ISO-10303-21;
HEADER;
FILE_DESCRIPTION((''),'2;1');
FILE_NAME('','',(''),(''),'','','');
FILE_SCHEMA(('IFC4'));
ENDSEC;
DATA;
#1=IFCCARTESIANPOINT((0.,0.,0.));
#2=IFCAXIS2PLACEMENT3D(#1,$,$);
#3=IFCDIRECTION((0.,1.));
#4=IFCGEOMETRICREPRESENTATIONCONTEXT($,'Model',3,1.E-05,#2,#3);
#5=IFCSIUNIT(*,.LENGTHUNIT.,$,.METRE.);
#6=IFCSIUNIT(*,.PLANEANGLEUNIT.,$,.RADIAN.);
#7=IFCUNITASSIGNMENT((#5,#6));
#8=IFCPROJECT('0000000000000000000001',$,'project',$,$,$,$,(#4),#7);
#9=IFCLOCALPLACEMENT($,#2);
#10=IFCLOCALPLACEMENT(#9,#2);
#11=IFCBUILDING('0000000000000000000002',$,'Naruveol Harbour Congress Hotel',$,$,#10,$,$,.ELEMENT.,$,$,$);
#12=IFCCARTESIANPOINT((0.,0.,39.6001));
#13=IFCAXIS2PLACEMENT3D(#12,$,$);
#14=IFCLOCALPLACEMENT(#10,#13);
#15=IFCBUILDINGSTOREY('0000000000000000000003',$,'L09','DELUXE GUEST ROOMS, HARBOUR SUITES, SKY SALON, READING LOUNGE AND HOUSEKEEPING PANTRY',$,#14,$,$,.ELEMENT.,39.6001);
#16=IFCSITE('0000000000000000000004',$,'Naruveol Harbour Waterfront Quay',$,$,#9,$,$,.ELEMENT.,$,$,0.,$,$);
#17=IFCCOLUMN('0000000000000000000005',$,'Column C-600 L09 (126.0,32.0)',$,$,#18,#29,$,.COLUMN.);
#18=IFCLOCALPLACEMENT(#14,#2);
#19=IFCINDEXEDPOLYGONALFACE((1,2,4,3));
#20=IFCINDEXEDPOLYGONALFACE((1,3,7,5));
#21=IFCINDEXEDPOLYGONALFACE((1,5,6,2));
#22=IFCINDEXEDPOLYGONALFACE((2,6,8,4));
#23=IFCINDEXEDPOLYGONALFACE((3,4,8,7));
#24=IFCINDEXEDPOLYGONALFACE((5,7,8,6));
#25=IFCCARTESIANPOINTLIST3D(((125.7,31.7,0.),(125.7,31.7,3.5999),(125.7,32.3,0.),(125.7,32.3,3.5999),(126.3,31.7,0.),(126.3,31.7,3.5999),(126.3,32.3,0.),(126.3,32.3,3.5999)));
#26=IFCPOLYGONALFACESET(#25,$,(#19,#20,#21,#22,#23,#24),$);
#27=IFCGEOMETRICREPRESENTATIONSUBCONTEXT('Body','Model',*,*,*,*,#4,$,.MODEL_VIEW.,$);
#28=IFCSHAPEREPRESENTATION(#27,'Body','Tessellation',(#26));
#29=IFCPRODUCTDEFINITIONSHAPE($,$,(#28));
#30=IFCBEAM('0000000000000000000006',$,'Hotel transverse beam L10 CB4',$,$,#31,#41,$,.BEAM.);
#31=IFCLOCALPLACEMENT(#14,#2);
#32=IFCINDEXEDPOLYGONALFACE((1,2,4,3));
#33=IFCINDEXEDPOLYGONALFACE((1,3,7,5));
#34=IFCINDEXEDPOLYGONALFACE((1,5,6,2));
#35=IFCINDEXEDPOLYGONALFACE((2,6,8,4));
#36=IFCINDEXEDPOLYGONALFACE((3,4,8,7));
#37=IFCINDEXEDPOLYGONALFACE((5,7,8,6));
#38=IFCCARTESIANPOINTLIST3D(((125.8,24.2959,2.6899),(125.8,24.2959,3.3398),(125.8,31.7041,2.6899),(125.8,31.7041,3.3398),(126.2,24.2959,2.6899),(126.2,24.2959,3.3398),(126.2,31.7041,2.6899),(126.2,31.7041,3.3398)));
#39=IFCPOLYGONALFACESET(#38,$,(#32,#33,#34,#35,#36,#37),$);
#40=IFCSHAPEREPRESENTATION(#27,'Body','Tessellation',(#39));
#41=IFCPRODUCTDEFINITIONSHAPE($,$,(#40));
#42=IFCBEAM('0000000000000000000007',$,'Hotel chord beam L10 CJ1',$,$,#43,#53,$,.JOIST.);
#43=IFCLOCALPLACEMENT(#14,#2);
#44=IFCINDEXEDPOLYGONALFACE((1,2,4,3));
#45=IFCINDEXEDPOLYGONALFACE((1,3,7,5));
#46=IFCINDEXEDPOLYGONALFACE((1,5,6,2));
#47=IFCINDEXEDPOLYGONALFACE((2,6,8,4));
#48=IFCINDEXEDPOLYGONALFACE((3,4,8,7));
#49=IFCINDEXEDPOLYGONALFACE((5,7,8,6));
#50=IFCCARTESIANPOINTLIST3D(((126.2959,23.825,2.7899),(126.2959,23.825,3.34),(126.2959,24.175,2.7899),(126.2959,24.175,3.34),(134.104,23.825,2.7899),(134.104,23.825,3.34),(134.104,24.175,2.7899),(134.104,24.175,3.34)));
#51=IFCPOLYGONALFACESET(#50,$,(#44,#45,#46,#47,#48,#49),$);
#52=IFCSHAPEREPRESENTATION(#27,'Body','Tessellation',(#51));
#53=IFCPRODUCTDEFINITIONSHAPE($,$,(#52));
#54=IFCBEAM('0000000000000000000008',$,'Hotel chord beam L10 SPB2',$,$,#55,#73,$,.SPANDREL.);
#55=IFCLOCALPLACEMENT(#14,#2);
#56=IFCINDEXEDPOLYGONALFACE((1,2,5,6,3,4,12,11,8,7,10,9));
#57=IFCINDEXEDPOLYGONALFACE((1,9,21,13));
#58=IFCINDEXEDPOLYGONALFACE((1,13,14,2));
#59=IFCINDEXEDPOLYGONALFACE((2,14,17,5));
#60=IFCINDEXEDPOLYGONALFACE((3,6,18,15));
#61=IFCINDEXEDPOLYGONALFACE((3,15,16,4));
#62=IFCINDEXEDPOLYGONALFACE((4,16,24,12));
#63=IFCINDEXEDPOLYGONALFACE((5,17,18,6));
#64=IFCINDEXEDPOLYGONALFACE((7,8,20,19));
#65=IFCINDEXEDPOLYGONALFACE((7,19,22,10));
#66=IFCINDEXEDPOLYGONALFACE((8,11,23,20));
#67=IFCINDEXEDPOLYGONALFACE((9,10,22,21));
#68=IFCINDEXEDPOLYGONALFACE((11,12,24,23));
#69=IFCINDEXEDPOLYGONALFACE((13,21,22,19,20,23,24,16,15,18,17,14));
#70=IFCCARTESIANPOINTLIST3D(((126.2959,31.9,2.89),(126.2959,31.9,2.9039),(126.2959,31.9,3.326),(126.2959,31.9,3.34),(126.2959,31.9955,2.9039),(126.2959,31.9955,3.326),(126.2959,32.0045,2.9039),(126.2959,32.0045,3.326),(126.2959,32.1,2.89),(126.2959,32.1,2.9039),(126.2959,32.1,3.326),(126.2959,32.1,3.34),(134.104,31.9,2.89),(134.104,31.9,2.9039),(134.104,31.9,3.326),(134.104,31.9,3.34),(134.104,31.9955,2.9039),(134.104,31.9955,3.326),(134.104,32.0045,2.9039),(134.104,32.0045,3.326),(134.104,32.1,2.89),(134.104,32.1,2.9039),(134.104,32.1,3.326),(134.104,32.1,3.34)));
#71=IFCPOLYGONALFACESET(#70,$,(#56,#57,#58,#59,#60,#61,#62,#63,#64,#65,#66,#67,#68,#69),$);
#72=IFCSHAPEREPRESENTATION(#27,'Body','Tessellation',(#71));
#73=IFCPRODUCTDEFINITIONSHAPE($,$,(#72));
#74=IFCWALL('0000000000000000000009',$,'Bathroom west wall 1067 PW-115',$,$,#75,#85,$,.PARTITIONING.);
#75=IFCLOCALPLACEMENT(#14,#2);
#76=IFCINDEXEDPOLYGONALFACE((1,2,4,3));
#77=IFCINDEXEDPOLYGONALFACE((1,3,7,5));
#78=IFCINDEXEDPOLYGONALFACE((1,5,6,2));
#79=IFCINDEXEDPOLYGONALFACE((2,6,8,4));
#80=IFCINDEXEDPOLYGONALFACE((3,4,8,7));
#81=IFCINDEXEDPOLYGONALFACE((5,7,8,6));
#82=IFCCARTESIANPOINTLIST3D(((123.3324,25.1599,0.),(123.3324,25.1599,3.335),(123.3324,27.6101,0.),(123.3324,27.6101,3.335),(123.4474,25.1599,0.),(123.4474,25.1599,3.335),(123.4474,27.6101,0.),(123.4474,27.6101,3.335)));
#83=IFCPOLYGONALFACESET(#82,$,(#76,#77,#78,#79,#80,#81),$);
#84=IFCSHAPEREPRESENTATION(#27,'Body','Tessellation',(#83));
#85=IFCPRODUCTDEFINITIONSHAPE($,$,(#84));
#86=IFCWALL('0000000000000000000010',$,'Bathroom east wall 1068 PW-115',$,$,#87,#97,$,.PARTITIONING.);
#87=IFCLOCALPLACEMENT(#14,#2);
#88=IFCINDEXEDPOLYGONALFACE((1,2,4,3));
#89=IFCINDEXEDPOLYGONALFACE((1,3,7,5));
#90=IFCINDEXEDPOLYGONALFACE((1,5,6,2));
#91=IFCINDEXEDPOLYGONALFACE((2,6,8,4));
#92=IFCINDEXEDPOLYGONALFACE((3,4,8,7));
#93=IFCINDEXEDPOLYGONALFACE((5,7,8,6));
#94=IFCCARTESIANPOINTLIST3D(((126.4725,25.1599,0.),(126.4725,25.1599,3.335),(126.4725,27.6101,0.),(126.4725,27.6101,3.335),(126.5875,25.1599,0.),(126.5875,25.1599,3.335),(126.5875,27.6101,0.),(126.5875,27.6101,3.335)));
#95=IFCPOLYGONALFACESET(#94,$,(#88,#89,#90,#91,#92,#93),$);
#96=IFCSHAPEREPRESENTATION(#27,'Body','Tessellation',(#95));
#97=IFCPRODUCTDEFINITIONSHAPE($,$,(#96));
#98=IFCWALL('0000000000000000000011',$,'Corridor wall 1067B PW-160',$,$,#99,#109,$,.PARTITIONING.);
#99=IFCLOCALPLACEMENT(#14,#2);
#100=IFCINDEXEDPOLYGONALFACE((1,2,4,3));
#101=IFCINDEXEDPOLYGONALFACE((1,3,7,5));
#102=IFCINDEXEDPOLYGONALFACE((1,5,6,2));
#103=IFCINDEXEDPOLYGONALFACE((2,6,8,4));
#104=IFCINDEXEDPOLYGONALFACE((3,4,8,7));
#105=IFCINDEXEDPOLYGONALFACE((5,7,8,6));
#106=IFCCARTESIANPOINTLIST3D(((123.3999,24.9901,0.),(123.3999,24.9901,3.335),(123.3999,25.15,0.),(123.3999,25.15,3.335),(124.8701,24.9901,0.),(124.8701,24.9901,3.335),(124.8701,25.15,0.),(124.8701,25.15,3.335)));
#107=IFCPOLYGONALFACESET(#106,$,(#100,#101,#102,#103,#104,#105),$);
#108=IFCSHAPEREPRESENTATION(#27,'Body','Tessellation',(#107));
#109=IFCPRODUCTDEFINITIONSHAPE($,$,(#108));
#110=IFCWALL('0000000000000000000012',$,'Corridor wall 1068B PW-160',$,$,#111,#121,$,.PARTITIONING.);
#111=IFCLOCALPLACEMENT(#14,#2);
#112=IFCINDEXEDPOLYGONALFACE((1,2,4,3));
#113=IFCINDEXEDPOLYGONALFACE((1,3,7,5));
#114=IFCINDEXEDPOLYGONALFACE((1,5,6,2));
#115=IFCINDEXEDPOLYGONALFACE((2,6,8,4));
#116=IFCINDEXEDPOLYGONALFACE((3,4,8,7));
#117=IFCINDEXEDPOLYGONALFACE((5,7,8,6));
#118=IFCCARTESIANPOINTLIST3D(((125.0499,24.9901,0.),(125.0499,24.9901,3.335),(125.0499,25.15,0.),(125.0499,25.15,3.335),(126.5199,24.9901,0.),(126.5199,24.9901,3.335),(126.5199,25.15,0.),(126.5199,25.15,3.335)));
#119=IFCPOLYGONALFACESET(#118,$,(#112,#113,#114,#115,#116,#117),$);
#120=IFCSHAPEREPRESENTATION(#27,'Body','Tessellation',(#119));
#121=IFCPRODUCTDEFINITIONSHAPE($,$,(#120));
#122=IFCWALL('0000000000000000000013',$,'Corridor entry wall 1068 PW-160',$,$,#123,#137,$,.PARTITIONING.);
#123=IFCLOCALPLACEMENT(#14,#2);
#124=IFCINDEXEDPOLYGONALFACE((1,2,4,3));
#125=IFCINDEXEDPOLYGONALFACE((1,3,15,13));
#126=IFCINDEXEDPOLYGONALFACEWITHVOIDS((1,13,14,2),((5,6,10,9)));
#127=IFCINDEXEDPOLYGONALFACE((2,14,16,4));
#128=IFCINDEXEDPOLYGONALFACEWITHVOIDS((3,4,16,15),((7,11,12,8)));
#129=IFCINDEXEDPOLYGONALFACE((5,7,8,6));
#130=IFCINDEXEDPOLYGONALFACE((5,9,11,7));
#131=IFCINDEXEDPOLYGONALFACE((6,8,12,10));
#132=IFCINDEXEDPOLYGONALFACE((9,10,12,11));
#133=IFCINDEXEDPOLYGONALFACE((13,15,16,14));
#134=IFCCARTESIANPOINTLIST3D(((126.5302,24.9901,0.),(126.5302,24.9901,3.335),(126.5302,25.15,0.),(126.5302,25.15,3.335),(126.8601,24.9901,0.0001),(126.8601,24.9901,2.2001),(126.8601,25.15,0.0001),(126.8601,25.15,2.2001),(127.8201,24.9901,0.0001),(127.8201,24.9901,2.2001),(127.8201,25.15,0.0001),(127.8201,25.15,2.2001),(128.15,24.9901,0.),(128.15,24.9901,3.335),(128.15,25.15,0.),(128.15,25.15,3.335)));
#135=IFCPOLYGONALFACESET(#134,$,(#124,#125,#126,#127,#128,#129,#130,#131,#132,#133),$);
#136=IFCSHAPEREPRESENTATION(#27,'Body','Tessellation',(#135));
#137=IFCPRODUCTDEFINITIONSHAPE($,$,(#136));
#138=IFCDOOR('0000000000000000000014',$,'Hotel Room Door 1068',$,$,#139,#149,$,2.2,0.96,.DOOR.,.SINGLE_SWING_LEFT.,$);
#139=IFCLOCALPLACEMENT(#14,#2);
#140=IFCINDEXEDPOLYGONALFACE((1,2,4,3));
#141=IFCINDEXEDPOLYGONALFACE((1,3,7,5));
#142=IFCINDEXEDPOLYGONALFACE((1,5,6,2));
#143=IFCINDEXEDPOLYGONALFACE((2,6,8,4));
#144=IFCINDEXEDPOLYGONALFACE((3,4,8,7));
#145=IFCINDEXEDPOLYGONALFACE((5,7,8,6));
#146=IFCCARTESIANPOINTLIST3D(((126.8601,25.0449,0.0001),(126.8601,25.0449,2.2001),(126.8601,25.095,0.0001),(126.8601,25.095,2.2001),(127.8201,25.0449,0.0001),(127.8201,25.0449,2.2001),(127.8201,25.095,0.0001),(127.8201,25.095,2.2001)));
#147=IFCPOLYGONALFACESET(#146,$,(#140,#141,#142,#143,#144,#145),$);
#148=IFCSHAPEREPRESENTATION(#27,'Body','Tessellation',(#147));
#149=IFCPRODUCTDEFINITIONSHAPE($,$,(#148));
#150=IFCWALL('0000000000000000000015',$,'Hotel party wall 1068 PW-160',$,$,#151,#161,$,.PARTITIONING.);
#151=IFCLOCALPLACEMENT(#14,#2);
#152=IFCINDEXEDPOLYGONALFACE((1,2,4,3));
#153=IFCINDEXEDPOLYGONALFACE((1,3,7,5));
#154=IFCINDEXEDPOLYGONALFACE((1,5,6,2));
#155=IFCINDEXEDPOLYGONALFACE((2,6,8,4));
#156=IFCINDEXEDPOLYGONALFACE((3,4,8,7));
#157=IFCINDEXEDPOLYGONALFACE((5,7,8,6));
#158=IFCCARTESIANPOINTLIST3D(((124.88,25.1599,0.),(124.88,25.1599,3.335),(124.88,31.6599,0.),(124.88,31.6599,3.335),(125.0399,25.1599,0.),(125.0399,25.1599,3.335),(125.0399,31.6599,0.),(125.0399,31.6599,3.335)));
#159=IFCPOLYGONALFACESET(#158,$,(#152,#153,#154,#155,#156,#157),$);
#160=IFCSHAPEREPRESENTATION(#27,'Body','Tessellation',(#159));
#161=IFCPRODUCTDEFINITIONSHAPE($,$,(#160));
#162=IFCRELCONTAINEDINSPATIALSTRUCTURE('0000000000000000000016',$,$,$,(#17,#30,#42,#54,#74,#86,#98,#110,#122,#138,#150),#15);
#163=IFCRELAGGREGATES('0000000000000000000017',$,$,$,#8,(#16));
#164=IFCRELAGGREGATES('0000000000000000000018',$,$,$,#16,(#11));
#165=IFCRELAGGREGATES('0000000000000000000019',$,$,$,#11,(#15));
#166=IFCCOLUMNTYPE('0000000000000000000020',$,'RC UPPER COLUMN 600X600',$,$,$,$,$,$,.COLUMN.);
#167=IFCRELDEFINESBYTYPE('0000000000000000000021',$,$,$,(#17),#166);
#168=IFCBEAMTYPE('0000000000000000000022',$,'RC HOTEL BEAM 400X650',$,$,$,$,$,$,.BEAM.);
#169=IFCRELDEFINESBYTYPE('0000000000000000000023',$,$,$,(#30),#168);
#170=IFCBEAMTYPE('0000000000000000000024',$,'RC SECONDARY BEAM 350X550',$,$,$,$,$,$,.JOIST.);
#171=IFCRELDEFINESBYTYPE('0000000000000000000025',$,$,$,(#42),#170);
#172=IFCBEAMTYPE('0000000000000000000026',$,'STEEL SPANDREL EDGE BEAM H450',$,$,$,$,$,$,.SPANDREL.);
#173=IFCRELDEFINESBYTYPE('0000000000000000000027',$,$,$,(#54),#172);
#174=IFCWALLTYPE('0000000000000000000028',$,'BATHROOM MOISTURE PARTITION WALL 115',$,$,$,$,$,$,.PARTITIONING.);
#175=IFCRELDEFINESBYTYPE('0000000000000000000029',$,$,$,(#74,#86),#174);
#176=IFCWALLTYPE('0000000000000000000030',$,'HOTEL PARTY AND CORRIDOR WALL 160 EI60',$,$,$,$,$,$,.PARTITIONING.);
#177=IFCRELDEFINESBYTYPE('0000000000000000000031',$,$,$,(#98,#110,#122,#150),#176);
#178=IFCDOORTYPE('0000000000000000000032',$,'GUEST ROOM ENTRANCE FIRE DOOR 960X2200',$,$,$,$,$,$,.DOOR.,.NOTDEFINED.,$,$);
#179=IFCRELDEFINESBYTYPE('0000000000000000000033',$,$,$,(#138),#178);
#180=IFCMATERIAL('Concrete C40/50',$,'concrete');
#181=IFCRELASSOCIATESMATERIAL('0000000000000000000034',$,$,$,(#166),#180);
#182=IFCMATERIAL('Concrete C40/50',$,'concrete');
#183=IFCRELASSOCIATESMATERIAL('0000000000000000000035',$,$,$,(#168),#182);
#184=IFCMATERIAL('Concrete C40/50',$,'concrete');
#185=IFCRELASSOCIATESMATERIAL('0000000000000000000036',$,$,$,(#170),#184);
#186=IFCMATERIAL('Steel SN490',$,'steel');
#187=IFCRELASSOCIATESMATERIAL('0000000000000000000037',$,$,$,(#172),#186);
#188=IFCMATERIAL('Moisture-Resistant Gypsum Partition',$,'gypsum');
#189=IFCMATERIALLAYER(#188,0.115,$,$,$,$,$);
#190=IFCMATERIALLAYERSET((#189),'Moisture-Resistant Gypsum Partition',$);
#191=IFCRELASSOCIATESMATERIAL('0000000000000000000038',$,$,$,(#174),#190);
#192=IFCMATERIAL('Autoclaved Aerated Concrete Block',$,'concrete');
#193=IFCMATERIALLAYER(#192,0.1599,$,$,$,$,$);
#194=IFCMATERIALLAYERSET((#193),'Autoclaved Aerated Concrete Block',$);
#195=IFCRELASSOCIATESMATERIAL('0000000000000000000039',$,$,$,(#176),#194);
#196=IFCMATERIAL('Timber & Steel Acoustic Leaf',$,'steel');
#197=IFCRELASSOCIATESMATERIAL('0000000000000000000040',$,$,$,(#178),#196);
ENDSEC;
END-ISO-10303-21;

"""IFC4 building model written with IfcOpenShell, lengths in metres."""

from ifc_helpers import new_model, si_unit, direction, frame, frame_2d, origin, origin_2d, place, context, subcontext, project, spatial, rectangle, i_section, extrude, material, layer, layer_set, material_profile, profile_set, type_object, element, fill, save


model = new_model("IFC4")

# Units and contexts
model_context = context("Model", 3, precision=1e-05, world=origin(), true_north=direction((0.0, 1.0)))
body_context = subcontext(model_context, "Body", "Model", "MODEL_VIEW")
ifc_project = project(units=[si_unit("LENGTHUNIT", "METRE"), si_unit("PLANEANGLEUNIT", "RADIAN")], contexts=[model_context])

# Site, building, storey
site_placement = place(None, origin())
site = spatial("IfcSite", under=ifc_project, at=site_placement, Name="Naruveol Harbour Waterfront Quay", CompositionType="ELEMENT", RefElevation=0.0)
building_placement = place(site_placement, origin())
building = spatial("IfcBuilding", under=site, at=building_placement, Name="Naruveol Harbour Congress Hotel", CompositionType="ELEMENT")
storey_placement = place(building_placement, frame((0.0, 0.0, 39.6001)))
storey = spatial("IfcBuildingStorey", under=building, at=storey_placement, Name="L09", Description="DELUXE GUEST ROOMS, HARBOUR SUITES, SKY SALON, READING LOUNGE AND HOUSEKEEPING PANTRY", CompositionType="ELEMENT", Elevation=39.6001)

# Column
ifc_material_1 = material(Name="Concrete C40/50", Category="concrete")
ifc_material_profile_1 = material_profile(ifc_material_1, rectangle(XDim=0.6001, YDim=0.6001, at=origin_2d()), Name="RC-600x600")
ifc_profile_set_1 = profile_set([ifc_material_profile_1], Name="Concrete C40/50")
column_type = type_object("IfcColumnType", Name="RC UPPER COLUMN 600X600", PredefinedType="COLUMN", material=ifc_profile_set_1)
column_placement = place(storey_placement, frame((126.0, 32.0, 0.0), z_axis=(0.0, 0.0, 1.0), x_axis=(1.0, 0.0, 0.0)))
element("IfcColumn", 1, at=column_placement, inside=storey, type_object=column_type, Name="Column C-600 L09 (126.0,32.0)", PredefinedType="COLUMN", context=body_context, shape_type="SweptSolid", body=[
    extrude(rectangle(XDim=0.6001, YDim=0.6001, at=origin_2d()), origin(), (0.0, 0.0, 1.0), 3.5999),
])

# Beams
ifc_material_2 = material(Name="Concrete C40/50", Category="concrete")
ifc_material_profile_2 = material_profile(ifc_material_2, rectangle(XDim=0.3999, YDim=0.6499, at=origin_2d()), Name="RCB-400x650")
ifc_profile_set_2 = profile_set([ifc_material_profile_2], Name="Concrete C40/50")
beam_type_1 = type_object("IfcBeamType", Name="RC HOTEL BEAM 400X650", PredefinedType="BEAM", material=ifc_profile_set_2)
beam_1_placement = place(storey_placement, frame((126.0, 24.2959, 3.0149), z_axis=(0.0, 1.0, 0.0), x_axis=(-1.0, 0.0, 0.0)))
element("IfcBeam", 2, at=beam_1_placement, inside=storey, type_object=beam_type_1, Name="Hotel transverse beam L10 CB4", PredefinedType="BEAM", context=body_context, shape_type="SweptSolid", body=[
    extrude(rectangle(XDim=0.3999, YDim=0.6499, at=origin_2d()), origin(), (0.0, 0.0, 1.0), 7.4082),
])
ifc_material_3 = material(Name="Concrete C40/50", Category="concrete")
ifc_material_profile_3 = material_profile(ifc_material_3, rectangle(XDim=0.3501, YDim=0.55, at=origin_2d()), Name="RCB-350x550")
ifc_profile_set_3 = profile_set([ifc_material_profile_3], Name="Concrete C40/50")
beam_type_2 = type_object("IfcBeamType", Name="RC SECONDARY BEAM 350X550", PredefinedType="JOIST", material=ifc_profile_set_3)
beam_2_placement = place(storey_placement, frame((126.2959, 24.0, 3.0649), z_axis=(1.0, 0.0, 0.0), x_axis=(0.0, 1.0, 0.0)))
element("IfcBeam", 3, at=beam_2_placement, inside=storey, type_object=beam_type_2, Name="Hotel chord beam L10 CJ1", PredefinedType="JOIST", context=body_context, shape_type="SweptSolid", body=[
    extrude(rectangle(XDim=0.3501, YDim=0.55, at=origin_2d()), origin(), (0.0, 0.0, 1.0), 7.8081),
])
ifc_material_4 = material(Name="Steel SN490", Category="steel")
ifc_material_profile_4 = material_profile(ifc_material_4, i_section(OverallWidth=0.2, OverallDepth=0.45, WebThickness=0.009, FlangeThickness=0.0139, at=origin_2d()), Name="H-450x200x9x14")
ifc_profile_set_4 = profile_set([ifc_material_profile_4], Name="Steel SN490")
beam_type_3 = type_object("IfcBeamType", Name="STEEL SPANDREL EDGE BEAM H450", PredefinedType="SPANDREL", material=ifc_profile_set_4)
beam_3_placement = place(storey_placement, frame((126.2959, 32.0, 3.115), z_axis=(1.0, 0.0, 0.0), x_axis=(0.0, 1.0, 0.0)))
element("IfcBeam", 4, at=beam_3_placement, inside=storey, type_object=beam_type_3, Name="Hotel chord beam L10 SPB2", PredefinedType="SPANDREL", context=body_context, shape_type="SweptSolid", body=[
    extrude(i_section(OverallWidth=0.2, OverallDepth=0.45, WebThickness=0.009, FlangeThickness=0.0139, at=origin_2d()), origin(), (0.0, 0.0, 1.0), 7.8081),
])

# Wall
ifc_material_5 = material(Name="Moisture-Resistant Gypsum Partition", Category="gypsum")
ifc_layer_1 = layer(ifc_material_5, 0.115)
ifc_layer_set_1 = layer_set([ifc_layer_1], Name="Moisture-Resistant Gypsum Partition")
wall_type_1 = type_object("IfcWallType", Name="BATHROOM MOISTURE PARTITION WALL 115", PredefinedType="PARTITIONING", material=ifc_layer_set_1)
wall_1_placement = place(storey_placement, frame((123.3899, 25.1599, 0.0), z_axis=(0.0, 0.0, 1.0), x_axis=(0.0, 1.0, 0.0)))
element("IfcWall", 5, at=wall_1_placement, inside=storey, type_object=wall_type_1, Name="Bathroom west wall 1067 PW-115", PredefinedType="PARTITIONING", context=body_context, shape_type="SweptSolid", body=[
    extrude(rectangle(XDim=2.4502, YDim=0.115, at=frame_2d((1.2251, 0.0))), origin(), (0.0, 0.0, 1.0), 3.335),
])

# Wall
wall_2_placement = place(storey_placement, frame((126.53, 25.1599, 0.0), z_axis=(0.0, 0.0, 1.0), x_axis=(0.0, 1.0, 0.0)))
element("IfcWall", 6, at=wall_2_placement, inside=storey, type_object=wall_type_1, Name="Bathroom east wall 1068 PW-115", PredefinedType="PARTITIONING", context=body_context, shape_type="SweptSolid", body=[
    extrude(rectangle(XDim=2.4502, YDim=0.115, at=frame_2d((1.2251, 0.0))), origin(), (0.0, 0.0, 1.0), 3.335),
])

# Walls
ifc_material_6 = material(Name="Autoclaved Aerated Concrete Block", Category="concrete")
ifc_layer_2 = layer(ifc_material_6, 0.1599)
ifc_layer_set_2 = layer_set([ifc_layer_2], Name="Autoclaved Aerated Concrete Block")
wall_type_2 = type_object("IfcWallType", Name="HOTEL PARTY AND CORRIDOR WALL 160 EI60", PredefinedType="PARTITIONING", material=ifc_layer_set_2)
wall_3_placement = place(storey_placement, frame((123.3999, 25.0701, 0.0), z_axis=(0.0, 0.0, 1.0), x_axis=(1.0, 0.0, 0.0)))
element("IfcWall", 7, at=wall_3_placement, inside=storey, type_object=wall_type_2, Name="Corridor wall 1067B PW-160", PredefinedType="PARTITIONING", context=body_context, shape_type="SweptSolid", body=[
    extrude(rectangle(XDim=1.4702, YDim=0.1599, at=frame_2d((0.7351, 0.0))), origin(), (0.0, 0.0, 1.0), 3.335),
])
wall_4_placement = place(storey_placement, frame((125.05, 25.0701, 0.0), z_axis=(0.0, 0.0, 1.0), x_axis=(1.0, 0.0, 0.0)))
element("IfcWall", 8, at=wall_4_placement, inside=storey, type_object=wall_type_2, Name="Corridor wall 1068B PW-160", PredefinedType="PARTITIONING", context=body_context, shape_type="SweptSolid", body=[
    extrude(rectangle(XDim=1.47, YDim=0.1599, at=frame_2d((0.7349, 0.0))), origin(), (0.0, 0.0, 1.0), 3.335),
])

# Wall, opening, door
wall_5_placement = place(storey_placement, frame((126.53, 25.0701, 0.0), z_axis=(0.0, 0.0, 1.0), x_axis=(1.0, 0.0, 0.0)))
wall_5 = element("IfcWall", 9, at=wall_5_placement, inside=storey, type_object=wall_type_2, Name="Corridor entry wall 1068 PW-160", PredefinedType="PARTITIONING", context=body_context, shape_type="SweptSolid", body=[
    extrude(rectangle(XDim=1.6199, YDim=0.1599, at=frame_2d((0.8101, 0.0))), origin(), (0.0, 0.0, 1.0), 3.335),
])
opening_1_placement = place(wall_5_placement, frame((0.3301, 0.0, 0.0)))
opening_1 = element("IfcOpeningElement", 10, at=opening_1_placement, cuts=wall_5, PredefinedType="OPENING", context=body_context, shape_type="SweptSolid", body=[
    extrude(rectangle(XDim=0.96, YDim=2.2, at=frame_2d((0.48, 1.1001))), frame((0.0, 0.0898, 0.0), z_axis=(0.0, -1.0, 0.0), x_axis=(1.0, 0.0, 0.0)), (0.0, 0.0, 1.0), 0.1799),
])
ifc_material_7 = material(Name="Timber & Steel Acoustic Leaf", Category="steel")
door_type_1 = type_object("IfcDoorType", Name="GUEST ROOM ENTRANCE FIRE DOOR 960X2200", OperationType="NOTDEFINED", PredefinedType="DOOR", material=ifc_material_7)
door_1_placement = place(opening_1_placement, origin())
door_1 = element("IfcDoor", 11, at=door_1_placement, inside=storey, type_object=door_type_1, Name="Hotel Room Door 1068", OperationType="SINGLE_SWING_LEFT", OverallHeight=2.2, OverallWidth=0.96, PredefinedType="DOOR", context=body_context, shape_type="SweptSolid", body=[
    extrude(rectangle(XDim=0.96, YDim=2.2, at=frame_2d((0.48, 1.1001))), frame((0.0, 0.0249, 0.0), z_axis=(0.0, -1.0, 0.0), x_axis=(1.0, 0.0, 0.0)), (0.0, 0.0, 1.0), 0.05),
])
fill(opening_1, door_1)

# Wall
wall_6_placement = place(storey_placement, frame((124.96, 25.1599, 0.0), z_axis=(0.0, 0.0, 1.0), x_axis=(0.0, 1.0, 0.0)))
element("IfcWall", 12, at=wall_6_placement, inside=storey, type_object=wall_type_2, Name="Hotel party wall 1068 PW-160", PredefinedType="PARTITIONING", context=body_context, shape_type="SweptSolid", body=[
    extrude(rectangle(XDim=6.5, YDim=0.1599, at=frame_2d((3.25, 0.0))), origin(), (0.0, 0.0, 1.0), 3.335),
])

save(model, "model.ifc")
